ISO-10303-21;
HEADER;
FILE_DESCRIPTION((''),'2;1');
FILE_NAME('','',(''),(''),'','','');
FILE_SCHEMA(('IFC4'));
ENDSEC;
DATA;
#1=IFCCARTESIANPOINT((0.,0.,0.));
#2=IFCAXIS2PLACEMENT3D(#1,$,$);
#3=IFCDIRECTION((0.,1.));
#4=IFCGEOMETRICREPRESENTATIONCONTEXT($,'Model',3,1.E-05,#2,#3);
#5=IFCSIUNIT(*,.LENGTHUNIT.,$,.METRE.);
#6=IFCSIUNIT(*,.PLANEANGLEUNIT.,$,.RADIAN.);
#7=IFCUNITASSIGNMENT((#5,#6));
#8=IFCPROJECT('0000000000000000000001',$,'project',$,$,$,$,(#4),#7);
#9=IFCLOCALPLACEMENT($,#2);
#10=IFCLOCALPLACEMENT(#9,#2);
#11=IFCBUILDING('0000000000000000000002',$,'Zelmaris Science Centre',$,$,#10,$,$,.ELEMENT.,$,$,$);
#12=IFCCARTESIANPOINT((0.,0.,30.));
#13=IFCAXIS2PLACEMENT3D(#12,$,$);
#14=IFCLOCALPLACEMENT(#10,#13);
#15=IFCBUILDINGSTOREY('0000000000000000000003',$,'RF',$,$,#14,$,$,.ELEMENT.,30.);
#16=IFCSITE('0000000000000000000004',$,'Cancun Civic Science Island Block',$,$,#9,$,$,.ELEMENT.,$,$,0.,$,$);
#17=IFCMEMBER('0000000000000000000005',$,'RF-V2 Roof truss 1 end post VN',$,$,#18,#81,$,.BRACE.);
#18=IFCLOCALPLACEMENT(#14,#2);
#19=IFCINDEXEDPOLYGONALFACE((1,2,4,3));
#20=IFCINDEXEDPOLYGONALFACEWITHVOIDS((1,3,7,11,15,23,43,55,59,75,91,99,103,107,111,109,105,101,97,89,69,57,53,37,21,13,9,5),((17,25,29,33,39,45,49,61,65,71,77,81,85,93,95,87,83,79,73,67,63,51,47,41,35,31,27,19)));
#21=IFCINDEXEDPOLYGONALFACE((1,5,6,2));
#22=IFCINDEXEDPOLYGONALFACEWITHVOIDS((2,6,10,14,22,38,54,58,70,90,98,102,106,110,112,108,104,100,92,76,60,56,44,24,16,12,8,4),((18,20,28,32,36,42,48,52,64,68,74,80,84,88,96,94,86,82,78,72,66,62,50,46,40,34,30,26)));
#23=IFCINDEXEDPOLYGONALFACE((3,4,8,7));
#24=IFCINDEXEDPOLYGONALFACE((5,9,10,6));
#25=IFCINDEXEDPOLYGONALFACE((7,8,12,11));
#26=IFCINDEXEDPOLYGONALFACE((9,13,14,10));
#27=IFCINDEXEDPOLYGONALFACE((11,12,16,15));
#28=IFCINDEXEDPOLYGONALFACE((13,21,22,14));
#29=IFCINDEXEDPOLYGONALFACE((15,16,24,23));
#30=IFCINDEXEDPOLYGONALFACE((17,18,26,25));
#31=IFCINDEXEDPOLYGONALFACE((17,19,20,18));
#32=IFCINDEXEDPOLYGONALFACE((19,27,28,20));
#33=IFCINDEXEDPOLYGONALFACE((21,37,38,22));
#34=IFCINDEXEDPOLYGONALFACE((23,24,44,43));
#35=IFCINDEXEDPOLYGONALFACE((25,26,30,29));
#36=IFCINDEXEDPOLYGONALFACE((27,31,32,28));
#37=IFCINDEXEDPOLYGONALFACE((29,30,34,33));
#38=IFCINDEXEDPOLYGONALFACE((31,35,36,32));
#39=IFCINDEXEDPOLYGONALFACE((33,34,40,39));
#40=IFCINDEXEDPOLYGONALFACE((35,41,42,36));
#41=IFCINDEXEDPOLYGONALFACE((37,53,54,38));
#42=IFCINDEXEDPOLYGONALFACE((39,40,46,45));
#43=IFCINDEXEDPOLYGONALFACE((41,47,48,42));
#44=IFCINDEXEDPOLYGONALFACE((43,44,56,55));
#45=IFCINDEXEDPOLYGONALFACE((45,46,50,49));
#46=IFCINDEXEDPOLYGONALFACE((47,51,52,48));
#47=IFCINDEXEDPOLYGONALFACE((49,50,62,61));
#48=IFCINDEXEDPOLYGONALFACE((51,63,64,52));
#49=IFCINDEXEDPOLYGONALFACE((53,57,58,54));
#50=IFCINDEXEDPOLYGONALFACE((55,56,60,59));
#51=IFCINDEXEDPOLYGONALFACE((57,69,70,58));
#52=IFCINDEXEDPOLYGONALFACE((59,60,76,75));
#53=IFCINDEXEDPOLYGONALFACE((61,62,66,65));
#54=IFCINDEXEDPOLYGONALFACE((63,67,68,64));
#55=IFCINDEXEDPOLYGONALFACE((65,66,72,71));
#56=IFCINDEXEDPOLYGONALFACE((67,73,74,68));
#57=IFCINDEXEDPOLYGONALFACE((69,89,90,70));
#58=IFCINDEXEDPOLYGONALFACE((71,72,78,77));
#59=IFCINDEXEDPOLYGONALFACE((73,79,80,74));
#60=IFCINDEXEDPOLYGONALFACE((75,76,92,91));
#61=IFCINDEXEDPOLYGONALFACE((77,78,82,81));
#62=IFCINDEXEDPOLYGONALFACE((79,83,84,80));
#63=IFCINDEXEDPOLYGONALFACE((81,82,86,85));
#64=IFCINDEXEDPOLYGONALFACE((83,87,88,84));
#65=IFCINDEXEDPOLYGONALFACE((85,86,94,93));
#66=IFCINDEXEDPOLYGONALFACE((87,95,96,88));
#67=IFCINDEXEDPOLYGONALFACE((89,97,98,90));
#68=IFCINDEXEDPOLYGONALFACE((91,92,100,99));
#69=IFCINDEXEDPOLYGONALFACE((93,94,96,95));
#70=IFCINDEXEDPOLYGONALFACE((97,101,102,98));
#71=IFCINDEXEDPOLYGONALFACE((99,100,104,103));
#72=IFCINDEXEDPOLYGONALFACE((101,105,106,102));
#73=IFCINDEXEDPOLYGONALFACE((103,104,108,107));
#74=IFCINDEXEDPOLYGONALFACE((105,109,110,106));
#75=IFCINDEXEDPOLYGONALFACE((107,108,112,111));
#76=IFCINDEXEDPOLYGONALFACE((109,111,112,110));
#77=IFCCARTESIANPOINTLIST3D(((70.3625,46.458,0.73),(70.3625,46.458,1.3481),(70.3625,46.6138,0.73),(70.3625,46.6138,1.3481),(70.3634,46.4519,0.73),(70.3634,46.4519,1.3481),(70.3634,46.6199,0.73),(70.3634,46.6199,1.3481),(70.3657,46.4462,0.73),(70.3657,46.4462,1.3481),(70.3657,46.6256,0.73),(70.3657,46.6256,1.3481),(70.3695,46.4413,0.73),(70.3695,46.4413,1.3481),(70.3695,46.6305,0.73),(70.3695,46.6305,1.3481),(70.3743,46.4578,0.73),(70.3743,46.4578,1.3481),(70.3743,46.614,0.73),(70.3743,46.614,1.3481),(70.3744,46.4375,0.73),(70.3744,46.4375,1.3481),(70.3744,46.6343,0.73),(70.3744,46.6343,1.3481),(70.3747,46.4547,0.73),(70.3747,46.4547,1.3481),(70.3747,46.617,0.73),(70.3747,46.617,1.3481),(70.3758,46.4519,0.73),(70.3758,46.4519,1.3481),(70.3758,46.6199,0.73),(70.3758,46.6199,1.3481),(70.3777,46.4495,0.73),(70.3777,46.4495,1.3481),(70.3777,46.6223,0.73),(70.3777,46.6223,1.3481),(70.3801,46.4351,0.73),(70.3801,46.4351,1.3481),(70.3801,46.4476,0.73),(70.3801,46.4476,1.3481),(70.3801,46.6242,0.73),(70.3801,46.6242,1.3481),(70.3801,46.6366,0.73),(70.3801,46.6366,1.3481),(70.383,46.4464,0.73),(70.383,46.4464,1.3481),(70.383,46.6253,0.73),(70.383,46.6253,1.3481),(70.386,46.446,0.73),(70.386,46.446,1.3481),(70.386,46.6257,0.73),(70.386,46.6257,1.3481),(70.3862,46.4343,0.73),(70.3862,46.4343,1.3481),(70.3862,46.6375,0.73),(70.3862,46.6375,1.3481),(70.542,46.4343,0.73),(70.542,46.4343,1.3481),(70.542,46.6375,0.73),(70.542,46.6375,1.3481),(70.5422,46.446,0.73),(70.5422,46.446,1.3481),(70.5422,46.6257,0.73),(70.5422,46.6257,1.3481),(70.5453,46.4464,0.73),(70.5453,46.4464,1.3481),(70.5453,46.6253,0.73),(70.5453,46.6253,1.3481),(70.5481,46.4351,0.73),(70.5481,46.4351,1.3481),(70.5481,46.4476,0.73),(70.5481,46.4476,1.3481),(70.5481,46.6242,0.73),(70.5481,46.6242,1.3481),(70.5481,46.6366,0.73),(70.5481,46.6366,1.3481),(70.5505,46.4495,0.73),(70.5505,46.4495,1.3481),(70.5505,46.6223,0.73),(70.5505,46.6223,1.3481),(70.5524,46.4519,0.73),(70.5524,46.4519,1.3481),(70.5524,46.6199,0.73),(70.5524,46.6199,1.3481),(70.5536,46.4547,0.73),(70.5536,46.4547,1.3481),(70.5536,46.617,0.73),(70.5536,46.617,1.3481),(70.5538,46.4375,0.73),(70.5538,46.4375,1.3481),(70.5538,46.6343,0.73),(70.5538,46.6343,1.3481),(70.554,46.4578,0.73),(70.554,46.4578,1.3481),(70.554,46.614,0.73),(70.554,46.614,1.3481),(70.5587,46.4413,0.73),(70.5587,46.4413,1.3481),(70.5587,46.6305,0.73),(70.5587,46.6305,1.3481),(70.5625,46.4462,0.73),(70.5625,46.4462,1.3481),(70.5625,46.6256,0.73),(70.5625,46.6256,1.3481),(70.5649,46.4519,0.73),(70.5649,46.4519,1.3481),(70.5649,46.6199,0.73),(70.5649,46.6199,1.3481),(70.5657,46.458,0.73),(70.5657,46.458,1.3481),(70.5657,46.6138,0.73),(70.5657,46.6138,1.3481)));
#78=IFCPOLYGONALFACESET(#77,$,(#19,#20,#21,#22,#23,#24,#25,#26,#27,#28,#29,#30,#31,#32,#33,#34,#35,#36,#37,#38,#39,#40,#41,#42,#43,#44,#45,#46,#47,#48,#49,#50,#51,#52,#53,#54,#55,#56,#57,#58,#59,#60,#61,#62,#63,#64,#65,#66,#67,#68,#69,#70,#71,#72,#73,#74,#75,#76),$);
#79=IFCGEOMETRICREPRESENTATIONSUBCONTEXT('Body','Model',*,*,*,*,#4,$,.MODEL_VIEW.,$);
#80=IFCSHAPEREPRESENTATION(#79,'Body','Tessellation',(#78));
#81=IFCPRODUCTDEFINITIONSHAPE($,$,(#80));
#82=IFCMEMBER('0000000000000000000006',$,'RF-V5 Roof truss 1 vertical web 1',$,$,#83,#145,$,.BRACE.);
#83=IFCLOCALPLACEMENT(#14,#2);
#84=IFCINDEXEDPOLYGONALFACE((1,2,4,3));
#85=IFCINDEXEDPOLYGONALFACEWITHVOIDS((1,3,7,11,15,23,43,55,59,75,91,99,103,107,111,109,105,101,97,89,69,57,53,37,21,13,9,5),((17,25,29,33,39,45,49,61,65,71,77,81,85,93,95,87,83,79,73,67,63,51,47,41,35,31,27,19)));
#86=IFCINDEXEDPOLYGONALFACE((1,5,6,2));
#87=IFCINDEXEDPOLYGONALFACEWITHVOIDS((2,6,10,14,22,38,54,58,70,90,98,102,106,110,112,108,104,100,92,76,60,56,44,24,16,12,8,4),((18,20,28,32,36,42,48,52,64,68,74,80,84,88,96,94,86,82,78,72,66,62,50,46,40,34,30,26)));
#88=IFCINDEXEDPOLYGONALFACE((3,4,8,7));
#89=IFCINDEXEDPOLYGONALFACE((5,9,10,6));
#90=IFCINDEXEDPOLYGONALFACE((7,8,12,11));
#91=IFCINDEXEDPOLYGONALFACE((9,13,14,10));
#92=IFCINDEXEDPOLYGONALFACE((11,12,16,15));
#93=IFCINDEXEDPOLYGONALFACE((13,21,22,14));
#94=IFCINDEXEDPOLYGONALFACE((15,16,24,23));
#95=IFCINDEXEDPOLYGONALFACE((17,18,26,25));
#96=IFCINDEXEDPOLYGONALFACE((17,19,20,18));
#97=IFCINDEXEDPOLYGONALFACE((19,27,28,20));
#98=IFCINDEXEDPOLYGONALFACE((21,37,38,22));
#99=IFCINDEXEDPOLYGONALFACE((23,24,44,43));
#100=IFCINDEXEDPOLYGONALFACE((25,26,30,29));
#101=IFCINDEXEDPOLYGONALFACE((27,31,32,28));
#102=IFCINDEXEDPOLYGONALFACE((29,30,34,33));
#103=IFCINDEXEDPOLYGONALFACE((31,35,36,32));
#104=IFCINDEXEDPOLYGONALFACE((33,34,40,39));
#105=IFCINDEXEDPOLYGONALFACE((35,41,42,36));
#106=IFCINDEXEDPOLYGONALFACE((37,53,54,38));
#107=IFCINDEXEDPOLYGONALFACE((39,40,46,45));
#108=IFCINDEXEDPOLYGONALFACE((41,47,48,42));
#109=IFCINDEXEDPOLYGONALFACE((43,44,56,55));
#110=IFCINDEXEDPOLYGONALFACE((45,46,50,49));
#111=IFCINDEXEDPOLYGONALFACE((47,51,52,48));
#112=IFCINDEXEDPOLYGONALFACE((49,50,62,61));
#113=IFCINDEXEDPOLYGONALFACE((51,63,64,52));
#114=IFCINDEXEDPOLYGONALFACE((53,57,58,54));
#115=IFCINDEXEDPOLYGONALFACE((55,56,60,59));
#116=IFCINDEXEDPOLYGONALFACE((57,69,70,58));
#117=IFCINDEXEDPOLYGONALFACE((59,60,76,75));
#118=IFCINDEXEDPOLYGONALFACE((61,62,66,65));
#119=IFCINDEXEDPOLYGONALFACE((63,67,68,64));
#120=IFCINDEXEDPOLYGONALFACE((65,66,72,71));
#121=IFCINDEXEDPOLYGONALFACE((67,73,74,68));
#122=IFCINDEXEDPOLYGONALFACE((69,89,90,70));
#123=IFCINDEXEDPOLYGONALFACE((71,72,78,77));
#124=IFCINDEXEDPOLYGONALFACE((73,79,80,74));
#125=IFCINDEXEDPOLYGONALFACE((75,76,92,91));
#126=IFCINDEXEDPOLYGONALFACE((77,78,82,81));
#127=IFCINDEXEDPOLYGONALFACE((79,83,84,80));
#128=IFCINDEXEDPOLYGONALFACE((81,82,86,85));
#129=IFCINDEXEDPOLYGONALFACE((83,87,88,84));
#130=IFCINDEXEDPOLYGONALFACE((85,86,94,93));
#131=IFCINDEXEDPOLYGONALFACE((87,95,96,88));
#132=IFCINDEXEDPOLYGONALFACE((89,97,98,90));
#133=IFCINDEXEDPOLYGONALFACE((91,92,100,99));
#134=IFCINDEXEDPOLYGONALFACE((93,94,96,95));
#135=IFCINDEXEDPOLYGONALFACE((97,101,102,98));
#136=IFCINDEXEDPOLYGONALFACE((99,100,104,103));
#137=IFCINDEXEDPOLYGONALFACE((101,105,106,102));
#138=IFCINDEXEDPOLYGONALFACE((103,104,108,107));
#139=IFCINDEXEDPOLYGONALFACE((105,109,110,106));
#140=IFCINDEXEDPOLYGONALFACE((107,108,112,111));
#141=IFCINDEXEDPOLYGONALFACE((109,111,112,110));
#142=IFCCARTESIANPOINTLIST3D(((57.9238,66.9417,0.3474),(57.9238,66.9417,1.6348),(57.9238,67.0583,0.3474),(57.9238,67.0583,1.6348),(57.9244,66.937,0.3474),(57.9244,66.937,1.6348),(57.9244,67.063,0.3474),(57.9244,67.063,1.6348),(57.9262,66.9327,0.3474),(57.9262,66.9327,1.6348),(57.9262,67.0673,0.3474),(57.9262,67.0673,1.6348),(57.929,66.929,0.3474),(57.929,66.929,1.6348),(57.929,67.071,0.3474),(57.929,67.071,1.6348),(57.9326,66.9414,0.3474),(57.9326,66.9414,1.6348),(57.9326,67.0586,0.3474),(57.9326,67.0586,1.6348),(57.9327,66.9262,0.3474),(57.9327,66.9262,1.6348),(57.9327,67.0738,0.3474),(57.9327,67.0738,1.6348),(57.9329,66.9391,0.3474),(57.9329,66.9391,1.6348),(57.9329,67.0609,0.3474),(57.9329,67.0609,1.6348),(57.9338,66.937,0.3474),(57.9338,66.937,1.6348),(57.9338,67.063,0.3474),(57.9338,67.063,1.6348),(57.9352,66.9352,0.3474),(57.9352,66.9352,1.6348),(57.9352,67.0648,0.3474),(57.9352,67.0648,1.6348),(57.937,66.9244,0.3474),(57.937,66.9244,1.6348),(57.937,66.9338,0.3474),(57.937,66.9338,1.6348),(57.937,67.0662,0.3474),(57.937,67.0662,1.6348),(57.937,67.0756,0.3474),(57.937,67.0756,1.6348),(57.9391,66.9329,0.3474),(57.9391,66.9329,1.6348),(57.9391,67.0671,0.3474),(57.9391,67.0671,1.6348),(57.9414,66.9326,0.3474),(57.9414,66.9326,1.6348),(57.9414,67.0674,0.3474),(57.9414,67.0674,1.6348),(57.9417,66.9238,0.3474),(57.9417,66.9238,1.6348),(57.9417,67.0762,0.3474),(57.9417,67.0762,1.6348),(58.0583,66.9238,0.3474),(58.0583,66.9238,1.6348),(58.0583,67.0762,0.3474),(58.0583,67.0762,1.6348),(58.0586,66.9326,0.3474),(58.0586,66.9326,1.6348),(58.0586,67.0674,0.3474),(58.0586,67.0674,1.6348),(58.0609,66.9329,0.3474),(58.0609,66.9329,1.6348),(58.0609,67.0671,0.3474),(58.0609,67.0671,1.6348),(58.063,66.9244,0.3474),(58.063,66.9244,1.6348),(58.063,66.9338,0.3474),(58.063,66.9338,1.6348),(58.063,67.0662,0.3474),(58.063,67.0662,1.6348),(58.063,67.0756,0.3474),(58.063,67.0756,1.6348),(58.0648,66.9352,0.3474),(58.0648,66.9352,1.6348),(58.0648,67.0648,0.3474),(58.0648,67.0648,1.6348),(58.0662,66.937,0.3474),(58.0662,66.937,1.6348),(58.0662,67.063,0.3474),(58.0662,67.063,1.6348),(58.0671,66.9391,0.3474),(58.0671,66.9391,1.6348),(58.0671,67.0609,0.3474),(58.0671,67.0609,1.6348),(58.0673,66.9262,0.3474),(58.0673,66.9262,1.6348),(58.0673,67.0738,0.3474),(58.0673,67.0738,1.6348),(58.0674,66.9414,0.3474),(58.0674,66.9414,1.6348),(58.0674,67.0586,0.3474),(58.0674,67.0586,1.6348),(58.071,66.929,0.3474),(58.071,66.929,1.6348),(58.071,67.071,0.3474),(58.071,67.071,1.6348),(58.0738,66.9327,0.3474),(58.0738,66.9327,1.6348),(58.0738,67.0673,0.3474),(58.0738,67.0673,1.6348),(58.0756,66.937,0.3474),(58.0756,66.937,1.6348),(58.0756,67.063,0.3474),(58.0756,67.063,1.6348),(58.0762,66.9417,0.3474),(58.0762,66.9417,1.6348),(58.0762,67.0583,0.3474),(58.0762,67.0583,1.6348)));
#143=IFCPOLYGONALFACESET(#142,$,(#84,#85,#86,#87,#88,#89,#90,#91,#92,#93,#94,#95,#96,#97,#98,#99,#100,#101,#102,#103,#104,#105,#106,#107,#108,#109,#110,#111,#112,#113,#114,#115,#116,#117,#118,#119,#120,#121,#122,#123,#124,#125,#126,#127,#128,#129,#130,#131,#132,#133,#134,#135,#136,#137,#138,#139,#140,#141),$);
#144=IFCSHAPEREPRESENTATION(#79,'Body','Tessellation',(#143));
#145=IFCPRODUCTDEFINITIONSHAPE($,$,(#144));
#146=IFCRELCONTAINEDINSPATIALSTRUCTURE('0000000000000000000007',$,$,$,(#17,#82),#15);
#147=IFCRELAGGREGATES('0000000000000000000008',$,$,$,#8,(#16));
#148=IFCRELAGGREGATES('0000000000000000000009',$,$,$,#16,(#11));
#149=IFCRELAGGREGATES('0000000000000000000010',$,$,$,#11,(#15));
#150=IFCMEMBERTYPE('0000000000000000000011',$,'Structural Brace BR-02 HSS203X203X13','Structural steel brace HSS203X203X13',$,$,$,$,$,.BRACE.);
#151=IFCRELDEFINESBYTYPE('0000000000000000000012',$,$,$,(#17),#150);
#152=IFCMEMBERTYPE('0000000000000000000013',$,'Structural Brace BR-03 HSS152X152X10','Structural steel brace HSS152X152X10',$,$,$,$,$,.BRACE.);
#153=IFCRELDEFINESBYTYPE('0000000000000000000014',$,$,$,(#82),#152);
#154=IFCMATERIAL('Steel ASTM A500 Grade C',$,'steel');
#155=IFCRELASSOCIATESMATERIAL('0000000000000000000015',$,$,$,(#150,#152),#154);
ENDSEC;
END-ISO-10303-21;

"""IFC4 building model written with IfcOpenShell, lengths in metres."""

from ifc_helpers import new_model, si_unit, direction, frame, origin, origin_2d, place, context, subcontext, project, spatial, hollow_rectangle, extrude, material, material_profile, profile_set, type_object, element, save


model = new_model("IFC4")

# Units and contexts
model_context = context("Model", 3, precision=1e-05, world=origin(), true_north=direction((0.0, 1.0)))
body_context = subcontext(model_context, "Body", "Model", "MODEL_VIEW")
ifc_project = project(units=[si_unit("LENGTHUNIT", "METRE"), si_unit("PLANEANGLEUNIT", "RADIAN")], contexts=[model_context])

# Site, building, storey
site_placement = place(None, origin())
site = spatial("IfcSite", under=ifc_project, at=site_placement, Name="Cancun Civic Science Island Block", CompositionType="ELEMENT", RefElevation=0.0)
building_placement = place(site_placement, origin())
building = spatial("IfcBuilding", under=site, at=building_placement, Name="Zelmaris Science Centre", CompositionType="ELEMENT")
storey_placement = place(building_placement, frame((0.0, 0.0, 30.0)))
storey = spatial("IfcBuildingStorey", under=building, at=storey_placement, Name="RF", CompositionType="ELEMENT", Elevation=30.0)

# Shared definitions
ifc_material_1 = material(Name="Steel ASTM A500 Grade C", Category="steel")

# Members
ifc_material_profile_1 = material_profile(ifc_material_1, hollow_rectangle(XDim=0.2031, YDim=0.2031, WallThickness=0.0117, InnerFilletRadius=0.0117, OuterFilletRadius=0.0237, at=origin_2d()), Name="HSS203X203X13")
ifc_profile_set_1 = profile_set([ifc_material_profile_1], Name="Steel ASTM A500 Grade C")
member_type_1 = type_object("IfcMemberType", Name="Structural Brace BR-02 HSS203X203X13", Description="Structural steel brace HSS203X203X13", PredefinedType="BRACE", material=ifc_profile_set_1)
member_1_placement = place(storey_placement, frame((70.4641, 46.5359, 0.73), z_axis=(0.0, 0.0, 1.0), x_axis=(1.0, 0.0, 0.0)))
element("IfcMember", 1, at=member_1_placement, inside=storey, type_object=member_type_1, Name="RF-V2 Roof truss 1 end post VN", PredefinedType="BRACE", context=body_context, shape_type="SweptSolid", body=[
    extrude(hollow_rectangle(XDim=0.2031, YDim=0.2031, WallThickness=0.0117, InnerFilletRadius=0.0117, OuterFilletRadius=0.0237, at=origin_2d()), origin(), (0.0, 0.0, 1.0), 0.6182),
])
ifc_material_profile_2 = material_profile(ifc_material_1, hollow_rectangle(XDim=0.1523, YDim=0.1523, WallThickness=0.0088, InnerFilletRadius=0.0088, OuterFilletRadius=0.0178, at=origin_2d()), Name="HSS152X152X10")
ifc_profile_set_2 = profile_set([ifc_material_profile_2], Name="Steel ASTM A500 Grade C")
member_type_2 = type_object("IfcMemberType", Name="Structural Brace BR-03 HSS152X152X10", Description="Structural steel brace HSS152X152X10", PredefinedType="BRACE", material=ifc_profile_set_2)
member_2_placement = place(storey_placement, frame((58.0, 67.0, 0.3474), z_axis=(0.0, 0.0, 1.0), x_axis=(1.0, 0.0, 0.0)))
element("IfcMember", 2, at=member_2_placement, inside=storey, type_object=member_type_2, Name="RF-V5 Roof truss 1 vertical web 1", PredefinedType="BRACE", context=body_context, shape_type="SweptSolid", body=[
    extrude(hollow_rectangle(XDim=0.1523, YDim=0.1523, WallThickness=0.0088, InnerFilletRadius=0.0088, OuterFilletRadius=0.0178, at=origin_2d()), origin(), (0.0, 0.0, 1.0), 1.2874),
])

save(model, "model.ifc")
